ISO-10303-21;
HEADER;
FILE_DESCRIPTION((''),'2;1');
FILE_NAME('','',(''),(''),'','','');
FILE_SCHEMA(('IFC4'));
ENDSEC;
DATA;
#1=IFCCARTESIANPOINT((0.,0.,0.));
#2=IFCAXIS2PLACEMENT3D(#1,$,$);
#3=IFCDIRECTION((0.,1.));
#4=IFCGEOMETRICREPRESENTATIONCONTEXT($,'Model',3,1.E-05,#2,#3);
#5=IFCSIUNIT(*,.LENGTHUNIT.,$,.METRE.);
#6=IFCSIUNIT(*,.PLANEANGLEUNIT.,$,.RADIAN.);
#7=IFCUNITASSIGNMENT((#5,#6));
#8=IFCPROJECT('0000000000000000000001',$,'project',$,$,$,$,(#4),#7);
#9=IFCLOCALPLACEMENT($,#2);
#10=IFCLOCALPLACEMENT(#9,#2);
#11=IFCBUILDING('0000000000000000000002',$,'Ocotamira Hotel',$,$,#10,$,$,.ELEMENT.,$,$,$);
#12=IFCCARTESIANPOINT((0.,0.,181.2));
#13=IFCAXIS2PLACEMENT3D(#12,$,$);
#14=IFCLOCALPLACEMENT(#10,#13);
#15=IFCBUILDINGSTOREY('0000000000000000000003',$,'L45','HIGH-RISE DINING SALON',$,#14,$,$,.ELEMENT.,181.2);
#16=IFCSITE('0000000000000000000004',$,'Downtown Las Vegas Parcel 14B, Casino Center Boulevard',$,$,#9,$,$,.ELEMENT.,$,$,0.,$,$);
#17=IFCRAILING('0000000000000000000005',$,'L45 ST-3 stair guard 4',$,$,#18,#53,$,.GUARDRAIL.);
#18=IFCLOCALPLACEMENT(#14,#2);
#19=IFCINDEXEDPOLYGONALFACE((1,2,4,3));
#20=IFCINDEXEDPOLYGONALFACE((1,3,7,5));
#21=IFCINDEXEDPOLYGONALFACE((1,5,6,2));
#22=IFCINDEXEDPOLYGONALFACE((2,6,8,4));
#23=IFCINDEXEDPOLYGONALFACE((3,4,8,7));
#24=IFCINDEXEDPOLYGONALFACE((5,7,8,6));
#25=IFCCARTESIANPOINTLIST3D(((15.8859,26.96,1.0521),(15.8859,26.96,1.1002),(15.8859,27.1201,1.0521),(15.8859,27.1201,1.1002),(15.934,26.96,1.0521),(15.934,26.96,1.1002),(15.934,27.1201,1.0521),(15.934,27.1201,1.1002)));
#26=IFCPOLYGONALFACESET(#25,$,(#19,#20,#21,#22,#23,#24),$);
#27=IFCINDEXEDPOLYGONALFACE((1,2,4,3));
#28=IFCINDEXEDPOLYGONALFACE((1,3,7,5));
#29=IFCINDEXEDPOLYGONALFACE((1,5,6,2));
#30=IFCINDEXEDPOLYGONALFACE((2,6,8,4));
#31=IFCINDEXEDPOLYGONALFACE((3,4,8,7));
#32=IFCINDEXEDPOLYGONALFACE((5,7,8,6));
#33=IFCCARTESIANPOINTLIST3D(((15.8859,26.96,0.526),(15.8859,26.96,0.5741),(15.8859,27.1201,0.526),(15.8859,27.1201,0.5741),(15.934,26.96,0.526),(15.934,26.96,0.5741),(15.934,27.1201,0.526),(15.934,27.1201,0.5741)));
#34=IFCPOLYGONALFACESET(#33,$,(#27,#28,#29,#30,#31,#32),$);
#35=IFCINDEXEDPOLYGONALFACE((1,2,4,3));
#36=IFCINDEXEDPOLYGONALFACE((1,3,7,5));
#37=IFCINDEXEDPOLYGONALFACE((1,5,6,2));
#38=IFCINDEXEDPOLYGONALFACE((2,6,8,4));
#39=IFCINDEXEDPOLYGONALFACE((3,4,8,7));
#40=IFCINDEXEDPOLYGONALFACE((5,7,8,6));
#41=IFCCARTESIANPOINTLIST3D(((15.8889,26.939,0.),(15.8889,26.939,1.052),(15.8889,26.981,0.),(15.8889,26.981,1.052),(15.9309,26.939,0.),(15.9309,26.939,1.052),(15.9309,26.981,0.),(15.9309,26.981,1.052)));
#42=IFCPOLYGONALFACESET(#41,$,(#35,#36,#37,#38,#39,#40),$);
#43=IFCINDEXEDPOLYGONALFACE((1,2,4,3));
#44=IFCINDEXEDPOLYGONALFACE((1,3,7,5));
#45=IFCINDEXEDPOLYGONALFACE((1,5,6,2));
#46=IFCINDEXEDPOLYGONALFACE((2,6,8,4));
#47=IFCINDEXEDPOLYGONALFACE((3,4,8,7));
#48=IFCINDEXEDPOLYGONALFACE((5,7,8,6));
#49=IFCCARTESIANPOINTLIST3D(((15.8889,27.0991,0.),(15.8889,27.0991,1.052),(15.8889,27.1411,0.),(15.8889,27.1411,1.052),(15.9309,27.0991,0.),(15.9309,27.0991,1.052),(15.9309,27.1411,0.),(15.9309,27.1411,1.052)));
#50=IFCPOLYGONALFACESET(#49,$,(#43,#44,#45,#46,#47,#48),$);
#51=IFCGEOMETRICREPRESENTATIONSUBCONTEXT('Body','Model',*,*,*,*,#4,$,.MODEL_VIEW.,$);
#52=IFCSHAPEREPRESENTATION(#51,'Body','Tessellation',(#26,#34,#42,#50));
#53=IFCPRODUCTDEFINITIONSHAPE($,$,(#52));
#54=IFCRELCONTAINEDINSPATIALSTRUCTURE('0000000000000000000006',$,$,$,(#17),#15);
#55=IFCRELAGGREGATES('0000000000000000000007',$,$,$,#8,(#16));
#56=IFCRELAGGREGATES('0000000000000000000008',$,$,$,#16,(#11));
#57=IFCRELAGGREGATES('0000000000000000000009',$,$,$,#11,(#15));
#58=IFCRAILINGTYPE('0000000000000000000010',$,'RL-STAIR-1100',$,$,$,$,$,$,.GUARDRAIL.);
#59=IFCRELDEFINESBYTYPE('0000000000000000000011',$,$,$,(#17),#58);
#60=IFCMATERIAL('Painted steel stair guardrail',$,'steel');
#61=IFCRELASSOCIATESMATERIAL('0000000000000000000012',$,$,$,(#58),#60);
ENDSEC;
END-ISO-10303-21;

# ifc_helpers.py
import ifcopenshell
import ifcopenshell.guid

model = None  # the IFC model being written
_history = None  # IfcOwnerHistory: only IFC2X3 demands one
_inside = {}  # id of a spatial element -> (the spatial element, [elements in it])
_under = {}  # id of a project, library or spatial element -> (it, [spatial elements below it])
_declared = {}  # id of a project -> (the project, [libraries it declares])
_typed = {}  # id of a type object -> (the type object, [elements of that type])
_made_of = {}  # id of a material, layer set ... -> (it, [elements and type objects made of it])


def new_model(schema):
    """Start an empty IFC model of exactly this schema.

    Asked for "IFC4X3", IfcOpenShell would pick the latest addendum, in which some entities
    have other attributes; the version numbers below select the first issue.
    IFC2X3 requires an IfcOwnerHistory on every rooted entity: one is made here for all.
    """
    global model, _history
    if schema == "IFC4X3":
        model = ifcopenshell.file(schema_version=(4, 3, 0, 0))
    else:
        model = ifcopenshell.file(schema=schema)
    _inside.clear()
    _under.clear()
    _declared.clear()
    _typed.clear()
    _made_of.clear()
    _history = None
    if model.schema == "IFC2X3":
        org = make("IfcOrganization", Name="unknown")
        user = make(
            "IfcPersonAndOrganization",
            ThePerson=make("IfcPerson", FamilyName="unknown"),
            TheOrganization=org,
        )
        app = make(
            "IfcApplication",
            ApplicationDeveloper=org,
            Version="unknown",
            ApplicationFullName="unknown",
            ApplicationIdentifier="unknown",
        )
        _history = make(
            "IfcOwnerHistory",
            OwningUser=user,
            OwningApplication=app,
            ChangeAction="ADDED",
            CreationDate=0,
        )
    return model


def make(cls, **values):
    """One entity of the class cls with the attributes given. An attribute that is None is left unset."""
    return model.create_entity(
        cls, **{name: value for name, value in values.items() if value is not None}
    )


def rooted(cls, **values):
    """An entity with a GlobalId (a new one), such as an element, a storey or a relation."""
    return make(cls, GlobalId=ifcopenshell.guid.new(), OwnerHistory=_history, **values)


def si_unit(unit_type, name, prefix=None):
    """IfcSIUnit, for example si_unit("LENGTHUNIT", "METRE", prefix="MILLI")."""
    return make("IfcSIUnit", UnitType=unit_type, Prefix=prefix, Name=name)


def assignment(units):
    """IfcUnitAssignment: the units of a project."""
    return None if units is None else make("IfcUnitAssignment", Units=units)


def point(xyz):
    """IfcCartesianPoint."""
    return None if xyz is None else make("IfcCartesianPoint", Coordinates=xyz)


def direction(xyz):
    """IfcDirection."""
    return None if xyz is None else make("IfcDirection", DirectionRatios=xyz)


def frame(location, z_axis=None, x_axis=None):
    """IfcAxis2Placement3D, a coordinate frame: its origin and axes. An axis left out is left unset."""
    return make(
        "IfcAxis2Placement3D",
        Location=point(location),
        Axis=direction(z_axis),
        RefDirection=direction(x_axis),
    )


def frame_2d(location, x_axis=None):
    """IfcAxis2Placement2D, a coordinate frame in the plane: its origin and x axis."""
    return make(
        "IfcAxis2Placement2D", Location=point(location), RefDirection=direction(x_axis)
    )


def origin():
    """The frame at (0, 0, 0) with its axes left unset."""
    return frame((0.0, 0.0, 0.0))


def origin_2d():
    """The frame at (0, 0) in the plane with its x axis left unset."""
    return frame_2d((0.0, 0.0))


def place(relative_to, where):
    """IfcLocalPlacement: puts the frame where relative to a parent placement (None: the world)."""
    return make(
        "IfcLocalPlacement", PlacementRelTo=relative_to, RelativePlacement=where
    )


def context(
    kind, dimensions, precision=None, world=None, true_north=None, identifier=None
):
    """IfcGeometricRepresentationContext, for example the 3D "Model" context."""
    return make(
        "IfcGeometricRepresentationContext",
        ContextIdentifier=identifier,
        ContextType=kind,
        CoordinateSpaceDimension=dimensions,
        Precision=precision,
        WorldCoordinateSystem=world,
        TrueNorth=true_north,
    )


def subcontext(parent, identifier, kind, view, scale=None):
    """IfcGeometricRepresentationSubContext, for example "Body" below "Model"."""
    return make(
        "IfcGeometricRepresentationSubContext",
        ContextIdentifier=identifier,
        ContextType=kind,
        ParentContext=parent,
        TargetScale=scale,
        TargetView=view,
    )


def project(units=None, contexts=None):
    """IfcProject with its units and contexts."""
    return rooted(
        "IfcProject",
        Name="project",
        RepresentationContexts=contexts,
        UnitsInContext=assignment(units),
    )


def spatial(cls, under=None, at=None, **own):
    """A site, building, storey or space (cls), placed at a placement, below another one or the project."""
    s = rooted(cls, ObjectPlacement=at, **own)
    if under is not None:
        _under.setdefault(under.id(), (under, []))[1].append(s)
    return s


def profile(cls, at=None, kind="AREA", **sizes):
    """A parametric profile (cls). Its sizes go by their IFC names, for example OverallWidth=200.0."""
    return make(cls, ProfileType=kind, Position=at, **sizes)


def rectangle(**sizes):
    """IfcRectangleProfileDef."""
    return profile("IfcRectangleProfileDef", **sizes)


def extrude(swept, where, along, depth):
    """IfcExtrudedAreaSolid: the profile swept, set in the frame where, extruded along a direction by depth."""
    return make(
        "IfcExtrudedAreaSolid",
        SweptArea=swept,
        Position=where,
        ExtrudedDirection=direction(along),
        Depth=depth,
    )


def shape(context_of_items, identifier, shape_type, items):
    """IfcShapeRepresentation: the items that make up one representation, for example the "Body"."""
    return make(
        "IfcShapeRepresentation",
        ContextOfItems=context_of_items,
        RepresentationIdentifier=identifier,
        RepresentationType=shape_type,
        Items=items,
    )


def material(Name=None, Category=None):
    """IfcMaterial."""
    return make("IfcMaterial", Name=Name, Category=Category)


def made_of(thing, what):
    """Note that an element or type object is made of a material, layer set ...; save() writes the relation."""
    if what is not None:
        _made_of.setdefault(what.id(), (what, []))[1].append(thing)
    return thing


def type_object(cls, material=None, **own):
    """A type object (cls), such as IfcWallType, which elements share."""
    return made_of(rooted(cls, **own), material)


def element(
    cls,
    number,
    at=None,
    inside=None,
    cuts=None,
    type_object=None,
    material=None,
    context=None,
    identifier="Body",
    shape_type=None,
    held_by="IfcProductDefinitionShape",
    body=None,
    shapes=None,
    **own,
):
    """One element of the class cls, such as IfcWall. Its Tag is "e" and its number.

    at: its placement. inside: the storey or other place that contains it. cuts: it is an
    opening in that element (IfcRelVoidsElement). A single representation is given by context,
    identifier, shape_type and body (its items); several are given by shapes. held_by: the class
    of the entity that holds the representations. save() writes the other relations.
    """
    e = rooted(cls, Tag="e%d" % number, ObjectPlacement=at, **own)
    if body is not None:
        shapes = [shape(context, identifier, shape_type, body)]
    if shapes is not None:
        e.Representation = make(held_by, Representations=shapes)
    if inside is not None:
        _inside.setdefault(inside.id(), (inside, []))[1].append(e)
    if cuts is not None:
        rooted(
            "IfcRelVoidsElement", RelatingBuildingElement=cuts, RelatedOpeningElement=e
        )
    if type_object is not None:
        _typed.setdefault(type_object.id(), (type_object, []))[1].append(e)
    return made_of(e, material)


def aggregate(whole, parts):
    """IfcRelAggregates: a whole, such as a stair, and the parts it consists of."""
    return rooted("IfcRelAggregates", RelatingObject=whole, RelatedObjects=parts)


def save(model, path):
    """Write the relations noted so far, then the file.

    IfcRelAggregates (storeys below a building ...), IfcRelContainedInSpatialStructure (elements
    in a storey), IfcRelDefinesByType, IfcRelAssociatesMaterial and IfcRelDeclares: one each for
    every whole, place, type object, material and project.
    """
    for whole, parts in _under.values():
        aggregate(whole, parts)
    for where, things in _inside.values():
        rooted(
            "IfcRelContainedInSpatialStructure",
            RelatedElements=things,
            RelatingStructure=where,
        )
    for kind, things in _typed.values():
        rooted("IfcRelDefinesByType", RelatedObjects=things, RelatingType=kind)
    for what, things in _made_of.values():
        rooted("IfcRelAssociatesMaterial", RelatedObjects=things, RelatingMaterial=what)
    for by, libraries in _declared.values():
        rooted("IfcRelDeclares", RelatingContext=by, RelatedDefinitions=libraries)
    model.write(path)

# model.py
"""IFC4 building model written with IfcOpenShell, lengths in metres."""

from ifc_helpers import new_model, si_unit, direction, frame, origin, origin_2d, place, context, subcontext, project, spatial, rectangle, extrude, material, type_object, element, save


model = new_model("IFC4")

# Units and contexts
model_context = context("Model", 3, precision=1e-05, world=origin(), true_north=direction((0.0, 1.0)))
body_context = subcontext(model_context, "Body", "Model", "MODEL_VIEW")
ifc_project = project(units=[si_unit("LENGTHUNIT", "METRE"), si_unit("PLANEANGLEUNIT", "RADIAN")], contexts=[model_context])

# Site, building, storey
site_placement = place(None, origin())
site = spatial("IfcSite", under=ifc_project, at=site_placement, Name="Downtown Las Vegas Parcel 14B, Casino Center Boulevard", CompositionType="ELEMENT", RefElevation=0.0)
building_placement = place(site_placement, origin())
building = spatial("IfcBuilding", under=site, at=building_placement, Name="Ocotamira Hotel", CompositionType="ELEMENT")
storey_placement = place(building_placement, frame((0.0, 0.0, 181.2)))
storey = spatial("IfcBuildingStorey", under=building, at=storey_placement, Name="L45", Description="HIGH-RISE DINING SALON", CompositionType="ELEMENT", Elevation=181.2)

# Railing
ifc_material_1 = material(Name="Painted steel stair guardrail", Category="steel")
railing_type_1 = type_object("IfcRailingType", Name="RL-STAIR-1100", PredefinedType="GUARDRAIL", material=ifc_material_1)
railing_1_placement = place(storey_placement, frame((15.9099, 26.96, 0.0)))
element("IfcRailing", 1, at=railing_1_placement, inside=storey, type_object=railing_type_1, Name="L45 ST-3 stair guard 4", PredefinedType="GUARDRAIL", context=body_context, shape_type="SweptSolid", body=[
    extrude(rectangle(XDim=0.0481, YDim=0.0481, at=origin_2d()), frame((0.0, 0.0, 1.0762), z_axis=(0.0, 1.0, 0.0), x_axis=(-1.0, 0.0, 0.0)), (0.0, 0.0, 1.0), 0.1602),
    extrude(rectangle(XDim=0.0481, YDim=0.0481, at=origin_2d()), frame((0.0, 0.0, 0.55), z_axis=(0.0, 1.0, 0.0), x_axis=(-1.0, 0.0, 0.0)), (0.0, 0.0, 1.0), 0.1602),
    extrude(rectangle(XDim=0.042, YDim=0.042, at=origin_2d()), origin(), (0.0, 0.0, 1.0), 1.052),
    extrude(rectangle(XDim=0.042, YDim=0.042, at=origin_2d()), frame((0.0, 0.1602, 0.0)), (0.0, 0.0, 1.0), 1.052),
])

save(model, "model.ifc")
